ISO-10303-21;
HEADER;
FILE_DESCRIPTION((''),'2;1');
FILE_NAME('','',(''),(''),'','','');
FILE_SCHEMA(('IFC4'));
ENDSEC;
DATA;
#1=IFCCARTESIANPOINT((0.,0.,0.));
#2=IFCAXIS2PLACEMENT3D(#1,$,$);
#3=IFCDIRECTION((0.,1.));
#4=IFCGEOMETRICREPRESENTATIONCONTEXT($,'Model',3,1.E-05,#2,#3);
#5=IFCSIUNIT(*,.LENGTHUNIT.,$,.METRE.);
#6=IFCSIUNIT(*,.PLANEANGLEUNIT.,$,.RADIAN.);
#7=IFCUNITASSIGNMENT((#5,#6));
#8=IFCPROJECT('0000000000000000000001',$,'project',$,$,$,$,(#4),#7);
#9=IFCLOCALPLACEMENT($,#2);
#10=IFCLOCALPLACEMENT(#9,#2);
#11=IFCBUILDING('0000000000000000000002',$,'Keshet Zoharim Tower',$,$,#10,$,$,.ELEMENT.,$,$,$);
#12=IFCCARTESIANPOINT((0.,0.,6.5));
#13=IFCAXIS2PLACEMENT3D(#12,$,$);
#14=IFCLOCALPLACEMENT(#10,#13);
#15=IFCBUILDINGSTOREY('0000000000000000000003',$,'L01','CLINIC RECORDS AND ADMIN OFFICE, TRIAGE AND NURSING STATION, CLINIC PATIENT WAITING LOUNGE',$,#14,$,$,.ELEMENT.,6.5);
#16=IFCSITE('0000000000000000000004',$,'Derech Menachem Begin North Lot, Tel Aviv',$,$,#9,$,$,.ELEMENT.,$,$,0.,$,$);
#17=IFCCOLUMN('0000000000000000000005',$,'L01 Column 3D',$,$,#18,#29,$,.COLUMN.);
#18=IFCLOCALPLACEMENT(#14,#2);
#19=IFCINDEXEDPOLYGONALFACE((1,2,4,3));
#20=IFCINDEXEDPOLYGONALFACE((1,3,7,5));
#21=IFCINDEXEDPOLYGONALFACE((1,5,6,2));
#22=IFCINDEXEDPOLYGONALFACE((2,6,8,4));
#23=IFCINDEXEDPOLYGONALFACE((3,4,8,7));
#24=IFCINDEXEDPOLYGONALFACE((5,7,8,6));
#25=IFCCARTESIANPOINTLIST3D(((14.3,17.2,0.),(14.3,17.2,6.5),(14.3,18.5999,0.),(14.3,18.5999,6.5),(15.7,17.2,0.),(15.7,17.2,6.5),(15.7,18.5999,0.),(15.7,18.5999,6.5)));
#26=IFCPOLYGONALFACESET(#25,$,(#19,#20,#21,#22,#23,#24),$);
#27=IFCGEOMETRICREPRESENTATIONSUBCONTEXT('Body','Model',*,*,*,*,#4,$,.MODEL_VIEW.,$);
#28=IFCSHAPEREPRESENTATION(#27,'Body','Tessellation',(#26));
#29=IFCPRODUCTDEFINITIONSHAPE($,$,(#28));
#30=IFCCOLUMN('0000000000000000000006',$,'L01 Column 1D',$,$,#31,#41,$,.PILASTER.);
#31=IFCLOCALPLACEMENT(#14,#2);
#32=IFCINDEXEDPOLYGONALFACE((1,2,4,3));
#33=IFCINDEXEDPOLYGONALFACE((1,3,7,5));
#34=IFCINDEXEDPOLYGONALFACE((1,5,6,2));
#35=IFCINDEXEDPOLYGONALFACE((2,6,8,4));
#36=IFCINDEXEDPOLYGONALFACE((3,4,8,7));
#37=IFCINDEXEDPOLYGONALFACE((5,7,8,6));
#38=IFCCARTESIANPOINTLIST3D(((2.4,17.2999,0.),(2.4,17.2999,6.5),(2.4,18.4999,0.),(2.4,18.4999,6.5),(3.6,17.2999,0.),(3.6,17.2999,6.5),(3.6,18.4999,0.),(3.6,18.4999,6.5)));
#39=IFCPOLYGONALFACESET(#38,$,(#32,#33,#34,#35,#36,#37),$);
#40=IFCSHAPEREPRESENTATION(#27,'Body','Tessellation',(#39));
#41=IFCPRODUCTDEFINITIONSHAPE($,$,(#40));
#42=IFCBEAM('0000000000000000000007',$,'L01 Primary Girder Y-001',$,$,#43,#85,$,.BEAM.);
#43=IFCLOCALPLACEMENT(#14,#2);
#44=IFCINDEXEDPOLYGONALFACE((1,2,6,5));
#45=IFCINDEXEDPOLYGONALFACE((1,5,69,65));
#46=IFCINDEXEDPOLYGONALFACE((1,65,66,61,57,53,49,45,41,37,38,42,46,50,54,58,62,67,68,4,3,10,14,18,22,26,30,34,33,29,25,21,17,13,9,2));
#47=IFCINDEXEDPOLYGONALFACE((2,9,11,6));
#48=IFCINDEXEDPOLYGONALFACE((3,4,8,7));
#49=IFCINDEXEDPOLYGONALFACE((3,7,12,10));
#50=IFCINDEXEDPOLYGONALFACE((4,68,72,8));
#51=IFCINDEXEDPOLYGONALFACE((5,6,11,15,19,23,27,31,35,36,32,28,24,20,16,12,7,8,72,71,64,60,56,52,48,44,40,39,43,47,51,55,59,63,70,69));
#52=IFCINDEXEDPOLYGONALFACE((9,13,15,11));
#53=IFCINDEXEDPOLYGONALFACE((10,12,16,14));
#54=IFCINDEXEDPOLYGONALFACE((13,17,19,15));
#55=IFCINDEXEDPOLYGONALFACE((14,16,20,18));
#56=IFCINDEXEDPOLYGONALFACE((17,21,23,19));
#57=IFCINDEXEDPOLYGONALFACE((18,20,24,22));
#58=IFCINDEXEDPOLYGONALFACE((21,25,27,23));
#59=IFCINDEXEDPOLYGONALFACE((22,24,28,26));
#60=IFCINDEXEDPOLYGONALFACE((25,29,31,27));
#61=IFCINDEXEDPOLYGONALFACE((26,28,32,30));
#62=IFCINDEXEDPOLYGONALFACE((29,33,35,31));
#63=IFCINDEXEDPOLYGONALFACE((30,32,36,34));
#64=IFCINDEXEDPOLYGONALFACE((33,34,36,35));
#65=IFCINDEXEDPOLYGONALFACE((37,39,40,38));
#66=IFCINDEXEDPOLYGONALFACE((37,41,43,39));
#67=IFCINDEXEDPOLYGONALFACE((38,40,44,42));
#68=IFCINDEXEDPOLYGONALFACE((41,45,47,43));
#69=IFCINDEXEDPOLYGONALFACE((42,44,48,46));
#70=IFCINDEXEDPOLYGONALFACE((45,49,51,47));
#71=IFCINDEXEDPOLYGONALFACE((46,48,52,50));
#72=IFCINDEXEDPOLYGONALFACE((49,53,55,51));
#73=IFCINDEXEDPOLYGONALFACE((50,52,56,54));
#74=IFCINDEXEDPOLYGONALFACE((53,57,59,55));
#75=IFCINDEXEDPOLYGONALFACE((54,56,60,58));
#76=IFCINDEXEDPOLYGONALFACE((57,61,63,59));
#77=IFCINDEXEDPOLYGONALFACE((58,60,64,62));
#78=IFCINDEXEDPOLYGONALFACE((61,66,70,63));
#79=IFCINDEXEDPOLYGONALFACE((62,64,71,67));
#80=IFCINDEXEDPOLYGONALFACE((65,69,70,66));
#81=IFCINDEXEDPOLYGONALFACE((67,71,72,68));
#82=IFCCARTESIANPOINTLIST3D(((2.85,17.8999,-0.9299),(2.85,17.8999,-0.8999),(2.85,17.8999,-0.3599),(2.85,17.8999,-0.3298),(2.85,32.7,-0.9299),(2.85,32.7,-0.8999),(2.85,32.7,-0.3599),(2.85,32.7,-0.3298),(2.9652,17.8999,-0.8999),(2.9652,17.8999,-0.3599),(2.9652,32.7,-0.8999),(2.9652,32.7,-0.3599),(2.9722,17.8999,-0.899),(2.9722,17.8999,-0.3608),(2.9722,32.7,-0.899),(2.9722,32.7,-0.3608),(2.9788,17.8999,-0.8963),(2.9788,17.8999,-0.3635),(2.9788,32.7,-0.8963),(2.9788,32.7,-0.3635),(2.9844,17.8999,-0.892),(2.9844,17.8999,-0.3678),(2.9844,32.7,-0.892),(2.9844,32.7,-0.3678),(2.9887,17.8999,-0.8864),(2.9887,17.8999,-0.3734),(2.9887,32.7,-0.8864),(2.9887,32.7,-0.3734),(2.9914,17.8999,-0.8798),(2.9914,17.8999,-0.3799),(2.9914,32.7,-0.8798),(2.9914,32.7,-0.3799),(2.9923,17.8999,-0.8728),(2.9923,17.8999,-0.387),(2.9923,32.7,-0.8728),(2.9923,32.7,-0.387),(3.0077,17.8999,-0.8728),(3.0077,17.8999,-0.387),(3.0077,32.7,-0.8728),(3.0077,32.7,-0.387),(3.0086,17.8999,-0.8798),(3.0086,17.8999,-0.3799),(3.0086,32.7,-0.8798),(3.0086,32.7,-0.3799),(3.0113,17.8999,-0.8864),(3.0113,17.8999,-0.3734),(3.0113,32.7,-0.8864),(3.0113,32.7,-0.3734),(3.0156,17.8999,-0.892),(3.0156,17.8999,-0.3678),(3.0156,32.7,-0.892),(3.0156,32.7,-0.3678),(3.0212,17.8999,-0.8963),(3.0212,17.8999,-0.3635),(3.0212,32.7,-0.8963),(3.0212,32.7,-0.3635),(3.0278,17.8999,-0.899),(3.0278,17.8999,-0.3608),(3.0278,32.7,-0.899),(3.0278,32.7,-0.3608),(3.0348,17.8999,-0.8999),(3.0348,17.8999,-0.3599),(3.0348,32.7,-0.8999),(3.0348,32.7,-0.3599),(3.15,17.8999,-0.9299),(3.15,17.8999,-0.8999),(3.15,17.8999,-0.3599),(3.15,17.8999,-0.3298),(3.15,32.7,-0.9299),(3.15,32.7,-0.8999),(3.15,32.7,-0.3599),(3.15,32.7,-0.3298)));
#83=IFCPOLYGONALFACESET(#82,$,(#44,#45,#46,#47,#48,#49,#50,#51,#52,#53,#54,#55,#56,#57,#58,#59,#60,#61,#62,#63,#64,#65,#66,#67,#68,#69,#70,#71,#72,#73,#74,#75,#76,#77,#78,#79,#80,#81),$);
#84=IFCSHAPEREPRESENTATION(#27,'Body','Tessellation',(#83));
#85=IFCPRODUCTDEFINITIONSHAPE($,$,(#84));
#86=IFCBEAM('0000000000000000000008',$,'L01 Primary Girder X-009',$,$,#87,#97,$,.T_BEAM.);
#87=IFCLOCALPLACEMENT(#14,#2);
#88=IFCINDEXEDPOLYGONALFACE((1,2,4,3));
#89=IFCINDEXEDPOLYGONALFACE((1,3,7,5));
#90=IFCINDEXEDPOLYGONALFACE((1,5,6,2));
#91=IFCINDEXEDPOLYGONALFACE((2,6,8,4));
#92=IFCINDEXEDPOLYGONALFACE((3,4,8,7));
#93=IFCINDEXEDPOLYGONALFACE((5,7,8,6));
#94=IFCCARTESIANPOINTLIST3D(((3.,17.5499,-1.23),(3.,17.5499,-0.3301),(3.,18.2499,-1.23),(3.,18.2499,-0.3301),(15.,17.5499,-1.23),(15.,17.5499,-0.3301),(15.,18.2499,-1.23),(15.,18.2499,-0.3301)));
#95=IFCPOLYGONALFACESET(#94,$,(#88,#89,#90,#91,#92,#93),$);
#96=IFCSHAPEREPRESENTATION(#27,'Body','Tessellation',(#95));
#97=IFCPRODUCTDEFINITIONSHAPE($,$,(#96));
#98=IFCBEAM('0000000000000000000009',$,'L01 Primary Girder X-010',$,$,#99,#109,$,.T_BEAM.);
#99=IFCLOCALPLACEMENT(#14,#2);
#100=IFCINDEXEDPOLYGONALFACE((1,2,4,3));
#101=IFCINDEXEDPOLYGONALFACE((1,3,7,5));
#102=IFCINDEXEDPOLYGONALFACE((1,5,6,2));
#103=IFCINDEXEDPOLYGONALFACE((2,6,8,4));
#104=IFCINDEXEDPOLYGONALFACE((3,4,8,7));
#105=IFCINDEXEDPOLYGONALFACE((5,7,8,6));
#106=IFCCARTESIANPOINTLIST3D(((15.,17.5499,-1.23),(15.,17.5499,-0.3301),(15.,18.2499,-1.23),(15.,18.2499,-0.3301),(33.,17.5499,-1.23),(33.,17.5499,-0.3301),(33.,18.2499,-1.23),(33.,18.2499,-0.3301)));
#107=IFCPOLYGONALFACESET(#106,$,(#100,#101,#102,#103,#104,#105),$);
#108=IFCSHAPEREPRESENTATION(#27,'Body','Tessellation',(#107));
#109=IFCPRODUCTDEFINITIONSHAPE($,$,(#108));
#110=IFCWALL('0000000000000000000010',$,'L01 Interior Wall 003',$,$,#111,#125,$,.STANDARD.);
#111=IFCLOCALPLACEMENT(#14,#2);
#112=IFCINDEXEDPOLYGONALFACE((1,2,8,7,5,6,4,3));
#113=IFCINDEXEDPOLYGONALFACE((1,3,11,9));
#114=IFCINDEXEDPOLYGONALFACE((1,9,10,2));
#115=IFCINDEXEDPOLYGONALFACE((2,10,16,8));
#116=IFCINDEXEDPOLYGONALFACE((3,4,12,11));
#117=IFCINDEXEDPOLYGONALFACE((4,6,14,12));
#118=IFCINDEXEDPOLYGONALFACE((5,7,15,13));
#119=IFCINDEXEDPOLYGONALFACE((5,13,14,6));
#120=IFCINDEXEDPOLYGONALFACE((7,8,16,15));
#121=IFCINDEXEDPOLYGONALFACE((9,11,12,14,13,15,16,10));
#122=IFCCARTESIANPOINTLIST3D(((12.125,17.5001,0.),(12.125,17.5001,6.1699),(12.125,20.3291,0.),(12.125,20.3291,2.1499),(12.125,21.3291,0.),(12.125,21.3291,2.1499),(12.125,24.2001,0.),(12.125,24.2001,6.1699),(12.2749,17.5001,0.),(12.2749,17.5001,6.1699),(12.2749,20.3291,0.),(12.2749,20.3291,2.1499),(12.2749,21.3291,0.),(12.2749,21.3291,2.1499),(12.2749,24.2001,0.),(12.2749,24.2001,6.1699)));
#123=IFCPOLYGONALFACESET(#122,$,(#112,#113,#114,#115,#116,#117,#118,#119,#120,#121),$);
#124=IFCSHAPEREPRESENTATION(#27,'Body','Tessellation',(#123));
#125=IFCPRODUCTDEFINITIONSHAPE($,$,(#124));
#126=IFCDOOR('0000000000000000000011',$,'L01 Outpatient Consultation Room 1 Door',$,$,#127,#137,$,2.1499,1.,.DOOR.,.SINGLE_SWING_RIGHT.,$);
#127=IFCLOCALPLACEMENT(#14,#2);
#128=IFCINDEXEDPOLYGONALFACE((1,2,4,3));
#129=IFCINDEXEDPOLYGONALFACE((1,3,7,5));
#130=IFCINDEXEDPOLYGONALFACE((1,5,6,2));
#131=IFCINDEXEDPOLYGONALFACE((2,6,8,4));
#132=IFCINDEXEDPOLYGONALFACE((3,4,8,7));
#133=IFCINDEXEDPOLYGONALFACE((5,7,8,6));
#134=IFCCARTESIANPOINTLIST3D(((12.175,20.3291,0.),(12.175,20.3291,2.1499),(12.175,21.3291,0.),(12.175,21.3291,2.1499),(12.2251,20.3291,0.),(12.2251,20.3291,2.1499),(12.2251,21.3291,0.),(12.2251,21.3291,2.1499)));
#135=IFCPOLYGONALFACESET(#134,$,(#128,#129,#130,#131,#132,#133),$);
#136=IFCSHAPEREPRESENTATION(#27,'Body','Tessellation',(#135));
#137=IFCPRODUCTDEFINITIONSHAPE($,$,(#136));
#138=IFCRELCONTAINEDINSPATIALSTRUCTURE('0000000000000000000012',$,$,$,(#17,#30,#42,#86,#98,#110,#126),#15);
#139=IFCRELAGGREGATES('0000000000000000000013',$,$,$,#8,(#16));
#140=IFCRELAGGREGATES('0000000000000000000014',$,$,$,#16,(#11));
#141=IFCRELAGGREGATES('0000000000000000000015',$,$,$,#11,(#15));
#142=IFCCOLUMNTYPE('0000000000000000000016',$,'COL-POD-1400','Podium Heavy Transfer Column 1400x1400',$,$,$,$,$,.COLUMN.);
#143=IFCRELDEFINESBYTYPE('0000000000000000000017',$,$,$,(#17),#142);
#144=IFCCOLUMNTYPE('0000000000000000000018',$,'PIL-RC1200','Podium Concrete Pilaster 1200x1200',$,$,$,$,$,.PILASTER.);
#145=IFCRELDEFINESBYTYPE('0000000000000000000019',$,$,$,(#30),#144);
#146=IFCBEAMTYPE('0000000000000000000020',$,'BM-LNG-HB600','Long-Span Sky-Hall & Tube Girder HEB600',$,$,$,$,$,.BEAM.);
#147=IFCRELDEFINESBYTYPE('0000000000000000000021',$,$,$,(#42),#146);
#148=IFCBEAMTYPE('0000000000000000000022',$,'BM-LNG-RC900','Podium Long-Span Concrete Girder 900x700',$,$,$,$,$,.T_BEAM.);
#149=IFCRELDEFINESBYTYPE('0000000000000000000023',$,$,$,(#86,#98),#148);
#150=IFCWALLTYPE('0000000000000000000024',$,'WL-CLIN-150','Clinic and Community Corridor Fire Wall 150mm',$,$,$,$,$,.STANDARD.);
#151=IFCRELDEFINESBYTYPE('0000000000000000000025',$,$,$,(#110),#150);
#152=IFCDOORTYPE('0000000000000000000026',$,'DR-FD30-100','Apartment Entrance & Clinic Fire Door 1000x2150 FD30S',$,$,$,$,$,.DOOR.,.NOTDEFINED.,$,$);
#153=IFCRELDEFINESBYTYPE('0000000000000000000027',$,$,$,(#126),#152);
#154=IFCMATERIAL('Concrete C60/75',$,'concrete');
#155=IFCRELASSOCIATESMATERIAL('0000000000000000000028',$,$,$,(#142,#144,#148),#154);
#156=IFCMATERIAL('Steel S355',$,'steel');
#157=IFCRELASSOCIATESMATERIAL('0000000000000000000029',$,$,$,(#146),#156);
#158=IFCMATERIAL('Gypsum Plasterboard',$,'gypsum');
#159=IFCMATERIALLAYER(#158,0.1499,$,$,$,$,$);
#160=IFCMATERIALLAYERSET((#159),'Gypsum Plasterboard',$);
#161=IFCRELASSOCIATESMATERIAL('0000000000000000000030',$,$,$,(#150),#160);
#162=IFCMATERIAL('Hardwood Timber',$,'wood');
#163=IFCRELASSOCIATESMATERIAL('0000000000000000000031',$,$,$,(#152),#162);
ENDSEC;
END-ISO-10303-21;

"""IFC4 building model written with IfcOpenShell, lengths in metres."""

from ifc_helpers import new_model, si_unit, direction, frame, frame_2d, origin, origin_2d, place, context, subcontext, project, spatial, rectangle, i_section, extrude, material, layer, layer_set, material_profile, profile_set, type_object, element, fill, save


model = new_model("IFC4")

# Units and contexts
model_context = context("Model", 3, precision=1e-05, world=origin(), true_north=direction((0.0, 1.0)))
body_context = subcontext(model_context, "Body", "Model", "MODEL_VIEW")
ifc_project = project(units=[si_unit("LENGTHUNIT", "METRE"), si_unit("PLANEANGLEUNIT", "RADIAN")], contexts=[model_context])

# Site, building, storey
site_placement = place(None, origin())
site = spatial("IfcSite", under=ifc_project, at=site_placement, Name="Derech Menachem Begin North Lot, Tel Aviv", CompositionType="ELEMENT", RefElevation=0.0)
building_placement = place(site_placement, origin())
building = spatial("IfcBuilding", under=site, at=building_placement, Name="Keshet Zoharim Tower", CompositionType="ELEMENT")
storey_placement = place(building_placement, frame((0.0, 0.0, 6.5)))
storey = spatial("IfcBuildingStorey", under=building, at=storey_placement, Name="L01", Description="CLINIC RECORDS AND ADMIN OFFICE, TRIAGE AND NURSING STATION, CLINIC PATIENT WAITING LOUNGE", CompositionType="ELEMENT", Elevation=6.5)

# Columns
ifc_material_1 = material(Name="Concrete C60/75", Category="concrete")
ifc_material_profile_1 = material_profile(ifc_material_1, rectangle(XDim=1.3999, YDim=1.3999, at=origin_2d()), Name="RC1400x1400")
ifc_profile_set_1 = profile_set([ifc_material_profile_1], Name="Concrete C60/75")
column_type_1 = type_object("IfcColumnType", Name="COL-POD-1400", Description="Podium Heavy Transfer Column 1400x1400", PredefinedType="COLUMN", material=ifc_profile_set_1)
column_1_placement = place(storey_placement, frame((15.0, 17.8999, 0.0), z_axis=(0.0, 0.0, 1.0), x_axis=(1.0, 0.0, 0.0)))
element("IfcColumn", 1, at=column_1_placement, inside=storey, type_object=column_type_1, Name="L01 Column 3D", PredefinedType="COLUMN", context=body_context, shape_type="SweptSolid", body=[
    extrude(rectangle(XDim=1.3999, YDim=1.3999, at=origin_2d()), origin(), (0.0, 0.0, 1.0), 6.5),
])
ifc_material_profile_2 = material_profile(ifc_material_1, rectangle(XDim=1.2, YDim=1.2, at=origin_2d()), Name="RC1200x1200")
ifc_profile_set_2 = profile_set([ifc_material_profile_2], Name="Concrete C60/75")
column_type_2 = type_object("IfcColumnType", Name="PIL-RC1200", Description="Podium Concrete Pilaster 1200x1200", PredefinedType="PILASTER", material=ifc_profile_set_2)
column_2_placement = place(storey_placement, frame((3.0, 17.8999, 0.0), z_axis=(0.0, 0.0, 1.0), x_axis=(1.0, 0.0, 0.0)))
element("IfcColumn", 2, at=column_2_placement, inside=storey, type_object=column_type_2, Name="L01 Column 1D", PredefinedType="PILASTER", context=body_context, shape_type="SweptSolid", body=[
    extrude(rectangle(XDim=1.2, YDim=1.2, at=origin_2d()), origin(), (0.0, 0.0, 1.0), 6.5),
])

# Beams
ifc_material_2 = material(Name="Steel S355", Category="steel")
ifc_material_profile_3 = material_profile(ifc_material_2, i_section(OverallWidth=0.3, OverallDepth=0.6001, WebThickness=0.0154, FlangeThickness=0.03, FilletRadius=0.0271, at=origin_2d()), Name="HEB600")
ifc_profile_set_3 = profile_set([ifc_material_profile_3], Name="Steel S355")
beam_type_1 = type_object("IfcBeamType", Name="BM-LNG-HB600", Description="Long-Span Sky-Hall & Tube Girder HEB600", PredefinedType="BEAM", material=ifc_profile_set_3)
beam_1_placement = place(storey_placement, frame((3.0, 17.8999, -0.6299), z_axis=(0.0, 1.0, 0.0), x_axis=(-1.0, 0.0, 0.0)))
element("IfcBeam", 3, at=beam_1_placement, inside=storey, type_object=beam_type_1, Name="L01 Primary Girder Y-001", PredefinedType="BEAM", context=body_context, shape_type="SweptSolid", body=[
    extrude(i_section(OverallWidth=0.3, OverallDepth=0.6001, WebThickness=0.0154, FlangeThickness=0.03, FilletRadius=0.0271, at=origin_2d()), origin(), (0.0, 0.0, 1.0), 14.8),
])
ifc_material_profile_4 = material_profile(ifc_material_1, rectangle(XDim=0.7, YDim=0.8999, at=origin_2d()), Name="RC900x700")
ifc_profile_set_4 = profile_set([ifc_material_profile_4], Name="Concrete C60/75")
beam_type_2 = type_object("IfcBeamType", Name="BM-LNG-RC900", Description="Podium Long-Span Concrete Girder 900x700", PredefinedType="T_BEAM", material=ifc_profile_set_4)
beam_2_placement = place(storey_placement, frame((3.0, 17.8999, -0.78), z_axis=(1.0, 0.0, 0.0), x_axis=(0.0, 1.0, 0.0)))
element("IfcBeam", 4, at=beam_2_placement, inside=storey, type_object=beam_type_2, Name="L01 Primary Girder X-009", PredefinedType="T_BEAM", context=body_context, shape_type="SweptSolid", body=[
    extrude(rectangle(XDim=0.7, YDim=0.8999, at=origin_2d()), origin(), (0.0, 0.0, 1.0), 12.0),
])
beam_3_placement = place(storey_placement, frame((15.0, 17.8999, -0.78), z_axis=(1.0, 0.0, 0.0), x_axis=(0.0, 1.0, 0.0)))
element("IfcBeam", 5, at=beam_3_placement, inside=storey, type_object=beam_type_2, Name="L01 Primary Girder X-010", PredefinedType="T_BEAM", context=body_context, shape_type="SweptSolid", body=[
    extrude(rectangle(XDim=0.7, YDim=0.8999, at=origin_2d()), origin(), (0.0, 0.0, 1.0), 18.0),
])

# Wall, opening, door
ifc_material_3 = material(Name="Gypsum Plasterboard", Category="gypsum")
ifc_layer_1 = layer(ifc_material_3, 0.1499)
ifc_layer_set_1 = layer_set([ifc_layer_1], Name="Gypsum Plasterboard")
wall_type_1 = type_object("IfcWallType", Name="WL-CLIN-150", Description="Clinic and Community Corridor Fire Wall 150mm", PredefinedType="STANDARD", material=ifc_layer_set_1)
wall_1_placement = place(storey_placement, frame((12.2, 17.5, 0.0), z_axis=(0.0, 0.0, 1.0), x_axis=(0.0, 1.0, 0.0)))
wall_1 = element("IfcWall", 6, at=wall_1_placement, inside=storey, type_object=wall_type_1, Name="L01 Interior Wall 003", PredefinedType="STANDARD", context=body_context, shape_type="SweptSolid", body=[
    extrude(rectangle(XDim=6.7, YDim=0.1499, at=frame_2d((3.3501, 0.0))), origin(), (0.0, 0.0, 1.0), 6.1699),
])
opening_1_placement = place(wall_1_placement, frame((2.8291, 0.0, 0.0)))
opening_1 = element("IfcOpeningElement", 7, at=opening_1_placement, cuts=wall_1, PredefinedType="OPENING", context=body_context, shape_type="SweptSolid", body=[
    extrude(rectangle(XDim=1.0, YDim=2.1499, at=frame_2d((0.5, 1.075))), frame((0.0, 0.085, 0.0), z_axis=(0.0, -1.0, 0.0), x_axis=(1.0, 0.0, 0.0)), (0.0, 0.0, 1.0), 0.1699),
])
ifc_material_4 = material(Name="Hardwood Timber", Category="wood")
door_type = type_object("IfcDoorType", Name="DR-FD30-100", Description="Apartment Entrance & Clinic Fire Door 1000x2150 FD30S", OperationType="NOTDEFINED", PredefinedType="DOOR", material=ifc_material_4)
door_1_placement = place(opening_1_placement, origin())
door_1 = element("IfcDoor", 8, at=door_1_placement, inside=storey, type_object=door_type, Name="L01 Outpatient Consultation Room 1 Door", OperationType="SINGLE_SWING_RIGHT", OverallHeight=2.1499, OverallWidth=1.0, PredefinedType="DOOR", context=body_context, shape_type="SweptSolid", body=[
    extrude(rectangle(XDim=1.0, YDim=2.1499, at=frame_2d((0.5, 1.075))), frame((0.0, 0.0249, 0.0), z_axis=(0.0, -1.0, 0.0), x_axis=(1.0, 0.0, 0.0)), (0.0, 0.0, 1.0), 0.05),
])
fill(opening_1, door_1)

save(model, "model.ifc")
